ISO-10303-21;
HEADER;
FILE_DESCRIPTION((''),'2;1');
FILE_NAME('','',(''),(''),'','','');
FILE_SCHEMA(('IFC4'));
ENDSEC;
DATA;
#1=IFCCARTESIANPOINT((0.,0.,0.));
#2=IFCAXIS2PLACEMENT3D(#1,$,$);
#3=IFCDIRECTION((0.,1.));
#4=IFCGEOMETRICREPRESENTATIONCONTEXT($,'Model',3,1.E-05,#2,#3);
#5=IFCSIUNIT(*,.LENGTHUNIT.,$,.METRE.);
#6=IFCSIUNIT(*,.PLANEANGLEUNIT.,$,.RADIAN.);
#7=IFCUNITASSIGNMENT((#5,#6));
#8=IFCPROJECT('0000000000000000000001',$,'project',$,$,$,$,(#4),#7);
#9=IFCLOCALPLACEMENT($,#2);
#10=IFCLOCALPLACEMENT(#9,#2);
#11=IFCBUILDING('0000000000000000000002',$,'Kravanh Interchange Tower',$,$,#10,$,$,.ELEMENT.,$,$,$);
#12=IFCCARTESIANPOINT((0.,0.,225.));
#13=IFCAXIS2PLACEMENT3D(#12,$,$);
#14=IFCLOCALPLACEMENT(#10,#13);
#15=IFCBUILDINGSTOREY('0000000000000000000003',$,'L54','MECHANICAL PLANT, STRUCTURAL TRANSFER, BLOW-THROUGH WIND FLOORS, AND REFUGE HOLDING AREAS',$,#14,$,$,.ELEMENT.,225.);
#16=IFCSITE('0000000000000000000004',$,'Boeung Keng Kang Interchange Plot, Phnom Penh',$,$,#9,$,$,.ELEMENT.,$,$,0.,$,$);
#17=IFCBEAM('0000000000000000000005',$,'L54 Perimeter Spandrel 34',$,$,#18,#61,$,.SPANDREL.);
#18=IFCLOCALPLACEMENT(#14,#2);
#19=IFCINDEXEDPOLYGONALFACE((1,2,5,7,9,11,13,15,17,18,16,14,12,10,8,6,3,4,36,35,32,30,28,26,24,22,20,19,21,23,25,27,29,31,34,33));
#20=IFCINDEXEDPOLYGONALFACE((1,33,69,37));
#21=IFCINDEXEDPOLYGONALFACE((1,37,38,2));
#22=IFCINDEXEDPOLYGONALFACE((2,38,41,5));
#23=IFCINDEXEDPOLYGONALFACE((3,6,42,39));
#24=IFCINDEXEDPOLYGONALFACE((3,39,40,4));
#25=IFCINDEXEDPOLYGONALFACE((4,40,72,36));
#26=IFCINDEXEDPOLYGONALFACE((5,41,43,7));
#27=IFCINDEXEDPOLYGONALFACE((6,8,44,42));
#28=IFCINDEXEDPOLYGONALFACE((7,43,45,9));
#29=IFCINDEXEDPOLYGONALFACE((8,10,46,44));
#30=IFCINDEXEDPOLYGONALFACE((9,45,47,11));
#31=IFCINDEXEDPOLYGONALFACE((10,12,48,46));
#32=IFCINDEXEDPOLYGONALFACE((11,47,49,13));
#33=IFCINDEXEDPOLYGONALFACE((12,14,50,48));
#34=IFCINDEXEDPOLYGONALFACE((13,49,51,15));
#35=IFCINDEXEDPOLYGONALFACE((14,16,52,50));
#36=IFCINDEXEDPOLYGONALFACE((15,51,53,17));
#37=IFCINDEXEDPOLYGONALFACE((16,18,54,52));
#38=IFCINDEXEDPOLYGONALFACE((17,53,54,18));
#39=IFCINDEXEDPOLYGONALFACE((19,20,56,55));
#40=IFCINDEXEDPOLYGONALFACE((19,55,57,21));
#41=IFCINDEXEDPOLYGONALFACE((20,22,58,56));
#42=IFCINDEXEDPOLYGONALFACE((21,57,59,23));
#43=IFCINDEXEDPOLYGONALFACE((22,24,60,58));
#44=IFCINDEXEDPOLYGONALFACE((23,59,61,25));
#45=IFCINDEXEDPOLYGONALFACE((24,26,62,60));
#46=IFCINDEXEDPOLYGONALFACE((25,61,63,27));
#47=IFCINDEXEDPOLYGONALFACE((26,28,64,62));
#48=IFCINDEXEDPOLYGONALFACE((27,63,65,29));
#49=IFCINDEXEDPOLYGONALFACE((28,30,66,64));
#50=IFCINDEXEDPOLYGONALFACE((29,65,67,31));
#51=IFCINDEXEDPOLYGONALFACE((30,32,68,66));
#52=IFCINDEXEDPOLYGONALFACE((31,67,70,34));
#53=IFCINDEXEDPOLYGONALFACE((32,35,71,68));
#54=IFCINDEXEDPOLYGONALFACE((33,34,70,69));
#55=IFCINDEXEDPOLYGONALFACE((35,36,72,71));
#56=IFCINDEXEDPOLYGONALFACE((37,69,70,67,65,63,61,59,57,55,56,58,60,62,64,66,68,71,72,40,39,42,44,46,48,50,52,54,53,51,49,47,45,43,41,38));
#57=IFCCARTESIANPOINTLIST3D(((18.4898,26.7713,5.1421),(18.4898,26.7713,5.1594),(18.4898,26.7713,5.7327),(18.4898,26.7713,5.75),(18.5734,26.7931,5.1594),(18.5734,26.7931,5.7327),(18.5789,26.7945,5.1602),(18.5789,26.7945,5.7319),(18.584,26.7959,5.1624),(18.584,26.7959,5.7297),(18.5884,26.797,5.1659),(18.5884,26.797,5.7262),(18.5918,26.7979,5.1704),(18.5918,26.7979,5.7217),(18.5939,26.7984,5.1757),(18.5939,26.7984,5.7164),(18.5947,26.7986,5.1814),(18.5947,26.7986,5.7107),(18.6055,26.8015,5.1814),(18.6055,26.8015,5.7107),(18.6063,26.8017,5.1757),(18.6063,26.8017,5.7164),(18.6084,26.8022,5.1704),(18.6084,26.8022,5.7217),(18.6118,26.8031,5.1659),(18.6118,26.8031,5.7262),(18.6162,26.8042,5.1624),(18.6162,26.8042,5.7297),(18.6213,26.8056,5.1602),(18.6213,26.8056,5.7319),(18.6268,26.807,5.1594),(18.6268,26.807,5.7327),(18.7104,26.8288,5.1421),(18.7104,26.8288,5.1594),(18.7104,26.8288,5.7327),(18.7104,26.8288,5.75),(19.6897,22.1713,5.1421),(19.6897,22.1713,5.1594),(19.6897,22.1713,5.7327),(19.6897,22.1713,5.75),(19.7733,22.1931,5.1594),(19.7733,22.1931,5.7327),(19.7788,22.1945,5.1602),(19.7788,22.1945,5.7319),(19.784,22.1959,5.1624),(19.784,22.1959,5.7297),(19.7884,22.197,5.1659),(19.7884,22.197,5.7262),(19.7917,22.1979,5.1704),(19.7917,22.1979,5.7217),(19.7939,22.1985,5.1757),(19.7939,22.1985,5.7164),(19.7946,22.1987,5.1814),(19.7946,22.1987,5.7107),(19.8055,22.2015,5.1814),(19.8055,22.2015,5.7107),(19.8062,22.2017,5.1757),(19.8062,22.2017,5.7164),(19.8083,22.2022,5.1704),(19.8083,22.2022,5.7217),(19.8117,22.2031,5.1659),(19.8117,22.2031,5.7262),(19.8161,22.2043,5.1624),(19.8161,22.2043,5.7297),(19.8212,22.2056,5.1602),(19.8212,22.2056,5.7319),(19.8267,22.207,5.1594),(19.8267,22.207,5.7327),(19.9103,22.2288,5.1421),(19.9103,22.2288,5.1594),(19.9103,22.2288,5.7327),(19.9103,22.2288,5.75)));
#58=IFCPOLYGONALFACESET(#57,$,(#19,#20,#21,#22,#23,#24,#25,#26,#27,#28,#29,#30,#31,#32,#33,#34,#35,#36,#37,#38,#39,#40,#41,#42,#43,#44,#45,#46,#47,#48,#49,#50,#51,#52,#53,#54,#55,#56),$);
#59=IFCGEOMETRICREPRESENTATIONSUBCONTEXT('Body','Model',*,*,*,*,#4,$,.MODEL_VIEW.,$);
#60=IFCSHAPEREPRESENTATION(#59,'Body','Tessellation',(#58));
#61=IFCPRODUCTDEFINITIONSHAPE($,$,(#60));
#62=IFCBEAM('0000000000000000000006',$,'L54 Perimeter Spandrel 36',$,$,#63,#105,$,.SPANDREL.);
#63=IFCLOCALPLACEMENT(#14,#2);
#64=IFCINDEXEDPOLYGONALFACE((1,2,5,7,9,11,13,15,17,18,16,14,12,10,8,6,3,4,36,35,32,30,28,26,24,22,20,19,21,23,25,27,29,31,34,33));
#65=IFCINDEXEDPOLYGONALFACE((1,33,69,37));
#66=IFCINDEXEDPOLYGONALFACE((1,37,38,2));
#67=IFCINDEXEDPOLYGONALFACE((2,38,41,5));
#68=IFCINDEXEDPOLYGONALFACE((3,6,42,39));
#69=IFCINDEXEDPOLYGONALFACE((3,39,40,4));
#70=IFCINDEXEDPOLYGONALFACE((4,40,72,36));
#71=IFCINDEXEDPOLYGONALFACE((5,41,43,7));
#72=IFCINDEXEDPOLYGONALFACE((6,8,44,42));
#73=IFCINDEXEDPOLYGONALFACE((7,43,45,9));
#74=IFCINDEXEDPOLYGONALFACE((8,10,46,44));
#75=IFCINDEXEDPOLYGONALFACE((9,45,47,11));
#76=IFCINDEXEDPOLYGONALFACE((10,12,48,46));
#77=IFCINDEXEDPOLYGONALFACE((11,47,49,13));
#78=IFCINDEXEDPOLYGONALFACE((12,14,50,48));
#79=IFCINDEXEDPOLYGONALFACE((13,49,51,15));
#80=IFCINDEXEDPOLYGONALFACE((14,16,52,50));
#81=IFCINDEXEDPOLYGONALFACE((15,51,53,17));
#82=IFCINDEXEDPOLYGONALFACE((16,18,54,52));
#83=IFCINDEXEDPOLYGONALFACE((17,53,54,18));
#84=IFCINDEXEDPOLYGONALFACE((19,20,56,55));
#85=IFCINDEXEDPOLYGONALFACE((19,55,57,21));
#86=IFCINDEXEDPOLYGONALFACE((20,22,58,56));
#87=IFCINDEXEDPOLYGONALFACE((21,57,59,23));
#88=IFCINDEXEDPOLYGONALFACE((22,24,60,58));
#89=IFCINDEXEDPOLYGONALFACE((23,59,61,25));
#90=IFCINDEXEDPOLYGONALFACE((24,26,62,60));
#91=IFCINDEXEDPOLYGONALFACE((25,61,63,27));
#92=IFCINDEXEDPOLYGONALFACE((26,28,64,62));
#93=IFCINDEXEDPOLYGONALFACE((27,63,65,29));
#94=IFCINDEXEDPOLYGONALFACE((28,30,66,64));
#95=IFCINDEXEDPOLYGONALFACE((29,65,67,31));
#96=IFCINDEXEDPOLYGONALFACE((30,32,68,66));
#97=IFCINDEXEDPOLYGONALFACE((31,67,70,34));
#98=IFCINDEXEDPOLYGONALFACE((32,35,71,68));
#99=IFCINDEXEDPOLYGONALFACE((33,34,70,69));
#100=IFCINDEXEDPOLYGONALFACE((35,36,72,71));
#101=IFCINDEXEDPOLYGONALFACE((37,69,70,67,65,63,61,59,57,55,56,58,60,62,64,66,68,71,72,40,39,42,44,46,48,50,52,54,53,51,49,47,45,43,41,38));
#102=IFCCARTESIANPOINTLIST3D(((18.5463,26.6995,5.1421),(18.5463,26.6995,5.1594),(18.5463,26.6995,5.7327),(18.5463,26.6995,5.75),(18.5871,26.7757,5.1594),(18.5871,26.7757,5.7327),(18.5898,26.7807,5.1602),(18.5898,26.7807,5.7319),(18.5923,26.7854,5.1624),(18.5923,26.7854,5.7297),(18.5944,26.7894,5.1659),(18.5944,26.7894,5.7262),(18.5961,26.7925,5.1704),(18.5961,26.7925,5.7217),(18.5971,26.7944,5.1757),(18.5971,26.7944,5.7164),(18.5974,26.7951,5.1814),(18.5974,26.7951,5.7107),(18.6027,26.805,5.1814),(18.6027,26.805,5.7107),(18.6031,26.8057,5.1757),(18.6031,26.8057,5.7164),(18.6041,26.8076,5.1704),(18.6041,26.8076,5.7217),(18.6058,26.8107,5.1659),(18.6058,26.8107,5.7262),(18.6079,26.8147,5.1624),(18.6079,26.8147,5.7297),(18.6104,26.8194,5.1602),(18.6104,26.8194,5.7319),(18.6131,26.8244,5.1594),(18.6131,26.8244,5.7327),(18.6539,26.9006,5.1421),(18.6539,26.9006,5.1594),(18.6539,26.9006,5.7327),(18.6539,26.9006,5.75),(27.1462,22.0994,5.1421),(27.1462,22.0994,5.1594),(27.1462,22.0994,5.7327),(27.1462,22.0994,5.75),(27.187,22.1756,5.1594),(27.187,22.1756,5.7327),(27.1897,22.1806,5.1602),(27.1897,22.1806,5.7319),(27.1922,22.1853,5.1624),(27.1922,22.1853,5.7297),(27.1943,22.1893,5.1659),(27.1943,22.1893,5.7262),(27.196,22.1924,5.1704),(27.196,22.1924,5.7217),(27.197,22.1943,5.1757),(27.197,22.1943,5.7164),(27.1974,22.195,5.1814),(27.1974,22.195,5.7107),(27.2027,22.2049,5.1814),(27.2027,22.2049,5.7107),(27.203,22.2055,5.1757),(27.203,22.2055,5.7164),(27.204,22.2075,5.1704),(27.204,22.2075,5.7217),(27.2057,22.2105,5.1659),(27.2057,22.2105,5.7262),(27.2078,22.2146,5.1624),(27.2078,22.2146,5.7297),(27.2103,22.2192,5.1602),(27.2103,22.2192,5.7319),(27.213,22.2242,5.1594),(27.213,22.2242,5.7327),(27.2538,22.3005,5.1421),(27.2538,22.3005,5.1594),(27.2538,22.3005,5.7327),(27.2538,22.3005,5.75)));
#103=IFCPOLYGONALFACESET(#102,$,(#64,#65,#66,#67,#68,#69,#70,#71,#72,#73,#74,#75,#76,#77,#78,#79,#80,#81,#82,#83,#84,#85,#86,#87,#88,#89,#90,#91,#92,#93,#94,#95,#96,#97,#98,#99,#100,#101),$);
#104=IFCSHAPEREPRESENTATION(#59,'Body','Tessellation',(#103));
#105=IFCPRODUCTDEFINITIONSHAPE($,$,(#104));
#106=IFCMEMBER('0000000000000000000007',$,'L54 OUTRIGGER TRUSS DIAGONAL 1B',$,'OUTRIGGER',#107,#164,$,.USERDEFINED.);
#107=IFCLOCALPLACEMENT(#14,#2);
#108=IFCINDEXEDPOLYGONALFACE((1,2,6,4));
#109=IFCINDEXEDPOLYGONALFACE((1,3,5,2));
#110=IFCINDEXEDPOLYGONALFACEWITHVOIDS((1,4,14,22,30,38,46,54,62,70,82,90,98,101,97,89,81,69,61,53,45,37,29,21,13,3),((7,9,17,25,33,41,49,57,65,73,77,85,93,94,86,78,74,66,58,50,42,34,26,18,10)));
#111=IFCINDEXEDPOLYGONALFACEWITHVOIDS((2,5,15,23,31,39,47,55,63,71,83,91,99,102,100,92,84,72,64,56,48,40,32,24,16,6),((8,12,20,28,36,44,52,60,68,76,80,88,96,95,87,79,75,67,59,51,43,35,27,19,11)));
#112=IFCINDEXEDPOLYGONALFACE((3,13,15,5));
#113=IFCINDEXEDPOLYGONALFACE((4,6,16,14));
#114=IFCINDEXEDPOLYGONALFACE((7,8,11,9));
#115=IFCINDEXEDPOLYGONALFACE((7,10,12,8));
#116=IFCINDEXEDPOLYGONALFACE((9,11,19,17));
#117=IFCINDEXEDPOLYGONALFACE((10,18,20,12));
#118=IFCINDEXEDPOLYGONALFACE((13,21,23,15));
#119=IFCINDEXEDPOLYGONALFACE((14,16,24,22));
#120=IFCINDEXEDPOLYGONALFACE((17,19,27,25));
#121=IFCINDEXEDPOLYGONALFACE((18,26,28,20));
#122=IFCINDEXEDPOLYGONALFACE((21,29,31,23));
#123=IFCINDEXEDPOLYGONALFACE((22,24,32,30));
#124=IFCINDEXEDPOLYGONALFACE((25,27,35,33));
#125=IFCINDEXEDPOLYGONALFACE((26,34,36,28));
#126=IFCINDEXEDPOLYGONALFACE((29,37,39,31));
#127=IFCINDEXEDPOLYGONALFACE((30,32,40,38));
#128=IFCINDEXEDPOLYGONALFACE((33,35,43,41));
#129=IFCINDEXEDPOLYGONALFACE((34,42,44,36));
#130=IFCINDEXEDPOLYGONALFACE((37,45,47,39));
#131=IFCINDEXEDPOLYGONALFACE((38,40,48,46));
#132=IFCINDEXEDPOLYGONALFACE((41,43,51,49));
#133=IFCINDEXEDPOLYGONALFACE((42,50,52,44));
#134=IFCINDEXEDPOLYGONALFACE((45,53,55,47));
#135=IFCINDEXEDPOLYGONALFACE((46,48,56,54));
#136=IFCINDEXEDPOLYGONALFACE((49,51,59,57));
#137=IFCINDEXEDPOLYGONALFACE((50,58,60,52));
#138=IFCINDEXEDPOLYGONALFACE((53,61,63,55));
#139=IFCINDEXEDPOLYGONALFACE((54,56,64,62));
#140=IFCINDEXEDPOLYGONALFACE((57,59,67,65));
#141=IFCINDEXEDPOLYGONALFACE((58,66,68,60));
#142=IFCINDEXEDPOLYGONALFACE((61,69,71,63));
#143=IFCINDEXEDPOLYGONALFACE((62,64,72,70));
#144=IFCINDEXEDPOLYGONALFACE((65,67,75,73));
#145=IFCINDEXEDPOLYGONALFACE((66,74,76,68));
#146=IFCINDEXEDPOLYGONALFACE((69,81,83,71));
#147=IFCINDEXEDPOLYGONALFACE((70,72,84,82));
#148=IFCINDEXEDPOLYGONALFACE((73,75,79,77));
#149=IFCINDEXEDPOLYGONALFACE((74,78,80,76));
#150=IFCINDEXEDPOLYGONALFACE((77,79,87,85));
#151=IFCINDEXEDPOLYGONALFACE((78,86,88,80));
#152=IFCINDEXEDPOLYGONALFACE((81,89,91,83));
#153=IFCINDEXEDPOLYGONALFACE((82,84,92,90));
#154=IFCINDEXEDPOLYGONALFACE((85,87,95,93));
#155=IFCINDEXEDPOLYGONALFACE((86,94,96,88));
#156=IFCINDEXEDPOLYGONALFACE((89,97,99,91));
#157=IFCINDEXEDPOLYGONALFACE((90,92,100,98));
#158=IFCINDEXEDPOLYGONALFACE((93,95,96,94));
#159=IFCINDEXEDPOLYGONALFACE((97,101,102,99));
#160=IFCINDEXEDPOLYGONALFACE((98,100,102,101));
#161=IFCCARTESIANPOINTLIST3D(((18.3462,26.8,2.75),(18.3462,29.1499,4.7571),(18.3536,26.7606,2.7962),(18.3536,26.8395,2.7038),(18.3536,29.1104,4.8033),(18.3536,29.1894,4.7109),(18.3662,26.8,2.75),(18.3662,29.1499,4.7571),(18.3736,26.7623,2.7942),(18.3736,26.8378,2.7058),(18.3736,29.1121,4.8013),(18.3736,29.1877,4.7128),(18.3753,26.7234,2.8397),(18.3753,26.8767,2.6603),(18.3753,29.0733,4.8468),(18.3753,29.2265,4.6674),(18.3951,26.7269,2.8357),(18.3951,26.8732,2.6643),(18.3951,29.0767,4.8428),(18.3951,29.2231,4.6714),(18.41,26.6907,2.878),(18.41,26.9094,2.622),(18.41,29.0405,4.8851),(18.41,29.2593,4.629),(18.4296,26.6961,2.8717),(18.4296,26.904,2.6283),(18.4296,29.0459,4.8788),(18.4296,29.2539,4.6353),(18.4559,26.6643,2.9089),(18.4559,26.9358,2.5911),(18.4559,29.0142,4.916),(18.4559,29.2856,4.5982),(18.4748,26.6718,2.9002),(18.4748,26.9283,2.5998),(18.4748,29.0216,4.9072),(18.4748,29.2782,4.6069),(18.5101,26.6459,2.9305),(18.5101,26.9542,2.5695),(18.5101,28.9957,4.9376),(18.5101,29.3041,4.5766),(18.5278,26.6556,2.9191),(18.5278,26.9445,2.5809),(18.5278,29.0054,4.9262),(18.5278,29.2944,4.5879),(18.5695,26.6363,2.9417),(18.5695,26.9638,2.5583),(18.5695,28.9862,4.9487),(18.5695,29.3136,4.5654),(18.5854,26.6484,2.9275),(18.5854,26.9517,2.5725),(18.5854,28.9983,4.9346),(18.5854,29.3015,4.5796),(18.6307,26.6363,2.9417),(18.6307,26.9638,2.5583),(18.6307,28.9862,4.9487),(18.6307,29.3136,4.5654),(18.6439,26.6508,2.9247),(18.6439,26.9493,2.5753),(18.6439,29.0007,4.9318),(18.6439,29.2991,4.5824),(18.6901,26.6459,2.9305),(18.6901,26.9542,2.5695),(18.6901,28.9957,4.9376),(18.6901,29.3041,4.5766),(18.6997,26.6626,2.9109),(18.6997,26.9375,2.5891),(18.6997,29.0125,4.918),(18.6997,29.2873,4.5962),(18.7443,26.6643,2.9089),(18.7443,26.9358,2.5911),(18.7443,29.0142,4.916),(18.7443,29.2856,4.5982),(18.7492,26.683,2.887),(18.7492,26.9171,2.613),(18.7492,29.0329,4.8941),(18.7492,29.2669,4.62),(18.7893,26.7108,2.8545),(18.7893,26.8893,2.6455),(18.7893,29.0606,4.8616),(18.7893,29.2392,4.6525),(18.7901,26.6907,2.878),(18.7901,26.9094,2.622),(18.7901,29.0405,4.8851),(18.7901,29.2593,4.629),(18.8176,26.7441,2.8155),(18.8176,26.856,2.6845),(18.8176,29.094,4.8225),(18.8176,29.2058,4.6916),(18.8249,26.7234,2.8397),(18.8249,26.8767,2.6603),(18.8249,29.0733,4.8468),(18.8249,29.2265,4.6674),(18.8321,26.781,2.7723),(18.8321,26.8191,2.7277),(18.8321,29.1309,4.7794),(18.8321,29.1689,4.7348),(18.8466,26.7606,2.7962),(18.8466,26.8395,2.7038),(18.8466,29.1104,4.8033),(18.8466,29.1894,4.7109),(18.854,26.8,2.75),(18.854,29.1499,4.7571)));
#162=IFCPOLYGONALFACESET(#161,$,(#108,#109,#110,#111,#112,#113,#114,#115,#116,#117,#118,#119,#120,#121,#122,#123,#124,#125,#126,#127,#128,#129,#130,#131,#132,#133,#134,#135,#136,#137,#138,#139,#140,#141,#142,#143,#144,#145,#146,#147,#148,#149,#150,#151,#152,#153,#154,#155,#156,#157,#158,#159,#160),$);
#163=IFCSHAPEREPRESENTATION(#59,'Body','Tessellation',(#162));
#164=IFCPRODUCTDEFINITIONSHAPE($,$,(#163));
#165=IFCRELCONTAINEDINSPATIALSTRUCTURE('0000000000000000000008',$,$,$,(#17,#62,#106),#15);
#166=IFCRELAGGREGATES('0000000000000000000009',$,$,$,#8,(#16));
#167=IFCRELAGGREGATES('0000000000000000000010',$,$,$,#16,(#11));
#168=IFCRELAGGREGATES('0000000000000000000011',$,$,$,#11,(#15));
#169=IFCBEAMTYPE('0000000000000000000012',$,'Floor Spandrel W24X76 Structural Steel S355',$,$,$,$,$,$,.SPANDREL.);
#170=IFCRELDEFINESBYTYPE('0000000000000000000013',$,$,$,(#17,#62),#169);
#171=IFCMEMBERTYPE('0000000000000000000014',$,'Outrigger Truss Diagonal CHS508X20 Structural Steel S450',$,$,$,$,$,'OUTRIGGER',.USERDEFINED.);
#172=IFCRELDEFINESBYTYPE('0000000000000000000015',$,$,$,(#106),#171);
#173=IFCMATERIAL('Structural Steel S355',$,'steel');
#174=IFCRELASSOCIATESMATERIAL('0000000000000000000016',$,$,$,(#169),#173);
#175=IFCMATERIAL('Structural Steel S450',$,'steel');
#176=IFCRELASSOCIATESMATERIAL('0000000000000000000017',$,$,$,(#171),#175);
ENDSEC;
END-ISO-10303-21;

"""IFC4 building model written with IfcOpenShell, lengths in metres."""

from ifc_helpers import new_model, si_unit, direction, frame, origin, origin_2d, place, context, subcontext, project, spatial, hollow_circle, i_section, extrude, material, material_profile, profile_set, type_object, element, save


model = new_model("IFC4")

# Units and contexts
model_context = context("Model", 3, precision=1e-05, world=origin(), true_north=direction((0.0, 1.0)))
body_context = subcontext(model_context, "Body", "Model", "MODEL_VIEW")
ifc_project = project(units=[si_unit("LENGTHUNIT", "METRE"), si_unit("PLANEANGLEUNIT", "RADIAN")], contexts=[model_context])

# Site, building, storey
site_placement = place(None, origin())
site = spatial("IfcSite", under=ifc_project, at=site_placement, Name="Boeung Keng Kang Interchange Plot, Phnom Penh", CompositionType="ELEMENT", RefElevation=0.0)
building_placement = place(site_placement, origin())
building = spatial("IfcBuilding", under=site, at=building_placement, Name="Kravanh Interchange Tower", CompositionType="ELEMENT")
storey_placement = place(building_placement, frame((0.0, 0.0, 225.0)))
storey = spatial("IfcBuildingStorey", under=building, at=storey_placement, Name="L54", Description="MECHANICAL PLANT, STRUCTURAL TRANSFER, BLOW-THROUGH WIND FLOORS, AND REFUGE HOLDING AREAS", CompositionType="ELEMENT", Elevation=225.0)

# Beams
ifc_material_1 = material(Name="Structural Steel S355", Category="steel")
ifc_material_profile_1 = material_profile(ifc_material_1, i_section(OverallWidth=0.228, OverallDepth=0.6079, WebThickness=0.0112, FlangeThickness=0.0173, FilletRadius=0.022, at=origin_2d()), Name="W24X76")
ifc_profile_set_1 = profile_set([ifc_material_profile_1], Name="Structural Steel S355")
beam_type_1 = type_object("IfcBeamType", Name="Floor Spandrel W24X76 Structural Steel S355", PredefinedType="SPANDREL", material=ifc_profile_set_1)
beam_1_placement = place(storey_placement, frame((18.6001, 26.8, 5.446), z_axis=(0.252407, -0.967621, 0.0), x_axis=(0.967621, 0.252407, 0.0)))
element("IfcBeam", 1, at=beam_1_placement, inside=storey, type_object=beam_type_1, Name="L54 Perimeter Spandrel 34", PredefinedType="SPANDREL", context=body_context, shape_type="SweptSolid", body=[
    extrude(i_section(OverallWidth=0.228, OverallDepth=0.6079, WebThickness=0.0112, FlangeThickness=0.0173, FilletRadius=0.022, at=origin_2d()), origin(), (0.0, 0.0, 1.0), 4.7539),
])
beam_2_placement = place(storey_placement, frame((18.6001, 26.8, 5.446), z_axis=(0.881777, -0.471666, 0.0), x_axis=(0.471666, 0.881777, 0.0)))
element("IfcBeam", 2, at=beam_2_placement, inside=storey, type_object=beam_type_1, Name="L54 Perimeter Spandrel 36", PredefinedType="SPANDREL", context=body_context, shape_type="SweptSolid", body=[
    extrude(i_section(OverallWidth=0.228, OverallDepth=0.6079, WebThickness=0.0112, FlangeThickness=0.0173, FilletRadius=0.022, at=origin_2d()), origin(), (0.0, 0.0, 1.0), 9.7529),
])

# Member
ifc_material_2 = material(Name="Structural Steel S450", Category="steel")
ifc_material_profile_2 = material_profile(ifc_material_2, hollow_circle(Radius=0.2539, WallThickness=0.02, at=origin_2d()), Name="CHS508X20")
ifc_profile_set_2 = profile_set([ifc_material_profile_2], Name="Structural Steel S450")
member_type_1 = type_object("IfcMemberType", Name="Outrigger Truss Diagonal CHS508X20 Structural Steel S450", ElementType="OUTRIGGER", PredefinedType="USERDEFINED", material=ifc_profile_set_2)
member_1_placement = place(storey_placement, frame((18.6001, 26.8, 2.75), z_axis=(0.0, 0.760387, 0.64947), x_axis=(-1.0, 0.0, 0.0)))
element("IfcMember", 3, at=member_1_placement, inside=storey, type_object=member_type_1, Name="L54 OUTRIGGER TRUSS DIAGONAL 1B", ObjectType="OUTRIGGER", PredefinedType="USERDEFINED", context=body_context, shape_type="SweptSolid", body=[
    extrude(hollow_circle(Radius=0.2539, WallThickness=0.02, at=origin_2d()), origin(), (0.0, 0.0, 1.0), 3.0903),
])

save(model, "model.ifc")
